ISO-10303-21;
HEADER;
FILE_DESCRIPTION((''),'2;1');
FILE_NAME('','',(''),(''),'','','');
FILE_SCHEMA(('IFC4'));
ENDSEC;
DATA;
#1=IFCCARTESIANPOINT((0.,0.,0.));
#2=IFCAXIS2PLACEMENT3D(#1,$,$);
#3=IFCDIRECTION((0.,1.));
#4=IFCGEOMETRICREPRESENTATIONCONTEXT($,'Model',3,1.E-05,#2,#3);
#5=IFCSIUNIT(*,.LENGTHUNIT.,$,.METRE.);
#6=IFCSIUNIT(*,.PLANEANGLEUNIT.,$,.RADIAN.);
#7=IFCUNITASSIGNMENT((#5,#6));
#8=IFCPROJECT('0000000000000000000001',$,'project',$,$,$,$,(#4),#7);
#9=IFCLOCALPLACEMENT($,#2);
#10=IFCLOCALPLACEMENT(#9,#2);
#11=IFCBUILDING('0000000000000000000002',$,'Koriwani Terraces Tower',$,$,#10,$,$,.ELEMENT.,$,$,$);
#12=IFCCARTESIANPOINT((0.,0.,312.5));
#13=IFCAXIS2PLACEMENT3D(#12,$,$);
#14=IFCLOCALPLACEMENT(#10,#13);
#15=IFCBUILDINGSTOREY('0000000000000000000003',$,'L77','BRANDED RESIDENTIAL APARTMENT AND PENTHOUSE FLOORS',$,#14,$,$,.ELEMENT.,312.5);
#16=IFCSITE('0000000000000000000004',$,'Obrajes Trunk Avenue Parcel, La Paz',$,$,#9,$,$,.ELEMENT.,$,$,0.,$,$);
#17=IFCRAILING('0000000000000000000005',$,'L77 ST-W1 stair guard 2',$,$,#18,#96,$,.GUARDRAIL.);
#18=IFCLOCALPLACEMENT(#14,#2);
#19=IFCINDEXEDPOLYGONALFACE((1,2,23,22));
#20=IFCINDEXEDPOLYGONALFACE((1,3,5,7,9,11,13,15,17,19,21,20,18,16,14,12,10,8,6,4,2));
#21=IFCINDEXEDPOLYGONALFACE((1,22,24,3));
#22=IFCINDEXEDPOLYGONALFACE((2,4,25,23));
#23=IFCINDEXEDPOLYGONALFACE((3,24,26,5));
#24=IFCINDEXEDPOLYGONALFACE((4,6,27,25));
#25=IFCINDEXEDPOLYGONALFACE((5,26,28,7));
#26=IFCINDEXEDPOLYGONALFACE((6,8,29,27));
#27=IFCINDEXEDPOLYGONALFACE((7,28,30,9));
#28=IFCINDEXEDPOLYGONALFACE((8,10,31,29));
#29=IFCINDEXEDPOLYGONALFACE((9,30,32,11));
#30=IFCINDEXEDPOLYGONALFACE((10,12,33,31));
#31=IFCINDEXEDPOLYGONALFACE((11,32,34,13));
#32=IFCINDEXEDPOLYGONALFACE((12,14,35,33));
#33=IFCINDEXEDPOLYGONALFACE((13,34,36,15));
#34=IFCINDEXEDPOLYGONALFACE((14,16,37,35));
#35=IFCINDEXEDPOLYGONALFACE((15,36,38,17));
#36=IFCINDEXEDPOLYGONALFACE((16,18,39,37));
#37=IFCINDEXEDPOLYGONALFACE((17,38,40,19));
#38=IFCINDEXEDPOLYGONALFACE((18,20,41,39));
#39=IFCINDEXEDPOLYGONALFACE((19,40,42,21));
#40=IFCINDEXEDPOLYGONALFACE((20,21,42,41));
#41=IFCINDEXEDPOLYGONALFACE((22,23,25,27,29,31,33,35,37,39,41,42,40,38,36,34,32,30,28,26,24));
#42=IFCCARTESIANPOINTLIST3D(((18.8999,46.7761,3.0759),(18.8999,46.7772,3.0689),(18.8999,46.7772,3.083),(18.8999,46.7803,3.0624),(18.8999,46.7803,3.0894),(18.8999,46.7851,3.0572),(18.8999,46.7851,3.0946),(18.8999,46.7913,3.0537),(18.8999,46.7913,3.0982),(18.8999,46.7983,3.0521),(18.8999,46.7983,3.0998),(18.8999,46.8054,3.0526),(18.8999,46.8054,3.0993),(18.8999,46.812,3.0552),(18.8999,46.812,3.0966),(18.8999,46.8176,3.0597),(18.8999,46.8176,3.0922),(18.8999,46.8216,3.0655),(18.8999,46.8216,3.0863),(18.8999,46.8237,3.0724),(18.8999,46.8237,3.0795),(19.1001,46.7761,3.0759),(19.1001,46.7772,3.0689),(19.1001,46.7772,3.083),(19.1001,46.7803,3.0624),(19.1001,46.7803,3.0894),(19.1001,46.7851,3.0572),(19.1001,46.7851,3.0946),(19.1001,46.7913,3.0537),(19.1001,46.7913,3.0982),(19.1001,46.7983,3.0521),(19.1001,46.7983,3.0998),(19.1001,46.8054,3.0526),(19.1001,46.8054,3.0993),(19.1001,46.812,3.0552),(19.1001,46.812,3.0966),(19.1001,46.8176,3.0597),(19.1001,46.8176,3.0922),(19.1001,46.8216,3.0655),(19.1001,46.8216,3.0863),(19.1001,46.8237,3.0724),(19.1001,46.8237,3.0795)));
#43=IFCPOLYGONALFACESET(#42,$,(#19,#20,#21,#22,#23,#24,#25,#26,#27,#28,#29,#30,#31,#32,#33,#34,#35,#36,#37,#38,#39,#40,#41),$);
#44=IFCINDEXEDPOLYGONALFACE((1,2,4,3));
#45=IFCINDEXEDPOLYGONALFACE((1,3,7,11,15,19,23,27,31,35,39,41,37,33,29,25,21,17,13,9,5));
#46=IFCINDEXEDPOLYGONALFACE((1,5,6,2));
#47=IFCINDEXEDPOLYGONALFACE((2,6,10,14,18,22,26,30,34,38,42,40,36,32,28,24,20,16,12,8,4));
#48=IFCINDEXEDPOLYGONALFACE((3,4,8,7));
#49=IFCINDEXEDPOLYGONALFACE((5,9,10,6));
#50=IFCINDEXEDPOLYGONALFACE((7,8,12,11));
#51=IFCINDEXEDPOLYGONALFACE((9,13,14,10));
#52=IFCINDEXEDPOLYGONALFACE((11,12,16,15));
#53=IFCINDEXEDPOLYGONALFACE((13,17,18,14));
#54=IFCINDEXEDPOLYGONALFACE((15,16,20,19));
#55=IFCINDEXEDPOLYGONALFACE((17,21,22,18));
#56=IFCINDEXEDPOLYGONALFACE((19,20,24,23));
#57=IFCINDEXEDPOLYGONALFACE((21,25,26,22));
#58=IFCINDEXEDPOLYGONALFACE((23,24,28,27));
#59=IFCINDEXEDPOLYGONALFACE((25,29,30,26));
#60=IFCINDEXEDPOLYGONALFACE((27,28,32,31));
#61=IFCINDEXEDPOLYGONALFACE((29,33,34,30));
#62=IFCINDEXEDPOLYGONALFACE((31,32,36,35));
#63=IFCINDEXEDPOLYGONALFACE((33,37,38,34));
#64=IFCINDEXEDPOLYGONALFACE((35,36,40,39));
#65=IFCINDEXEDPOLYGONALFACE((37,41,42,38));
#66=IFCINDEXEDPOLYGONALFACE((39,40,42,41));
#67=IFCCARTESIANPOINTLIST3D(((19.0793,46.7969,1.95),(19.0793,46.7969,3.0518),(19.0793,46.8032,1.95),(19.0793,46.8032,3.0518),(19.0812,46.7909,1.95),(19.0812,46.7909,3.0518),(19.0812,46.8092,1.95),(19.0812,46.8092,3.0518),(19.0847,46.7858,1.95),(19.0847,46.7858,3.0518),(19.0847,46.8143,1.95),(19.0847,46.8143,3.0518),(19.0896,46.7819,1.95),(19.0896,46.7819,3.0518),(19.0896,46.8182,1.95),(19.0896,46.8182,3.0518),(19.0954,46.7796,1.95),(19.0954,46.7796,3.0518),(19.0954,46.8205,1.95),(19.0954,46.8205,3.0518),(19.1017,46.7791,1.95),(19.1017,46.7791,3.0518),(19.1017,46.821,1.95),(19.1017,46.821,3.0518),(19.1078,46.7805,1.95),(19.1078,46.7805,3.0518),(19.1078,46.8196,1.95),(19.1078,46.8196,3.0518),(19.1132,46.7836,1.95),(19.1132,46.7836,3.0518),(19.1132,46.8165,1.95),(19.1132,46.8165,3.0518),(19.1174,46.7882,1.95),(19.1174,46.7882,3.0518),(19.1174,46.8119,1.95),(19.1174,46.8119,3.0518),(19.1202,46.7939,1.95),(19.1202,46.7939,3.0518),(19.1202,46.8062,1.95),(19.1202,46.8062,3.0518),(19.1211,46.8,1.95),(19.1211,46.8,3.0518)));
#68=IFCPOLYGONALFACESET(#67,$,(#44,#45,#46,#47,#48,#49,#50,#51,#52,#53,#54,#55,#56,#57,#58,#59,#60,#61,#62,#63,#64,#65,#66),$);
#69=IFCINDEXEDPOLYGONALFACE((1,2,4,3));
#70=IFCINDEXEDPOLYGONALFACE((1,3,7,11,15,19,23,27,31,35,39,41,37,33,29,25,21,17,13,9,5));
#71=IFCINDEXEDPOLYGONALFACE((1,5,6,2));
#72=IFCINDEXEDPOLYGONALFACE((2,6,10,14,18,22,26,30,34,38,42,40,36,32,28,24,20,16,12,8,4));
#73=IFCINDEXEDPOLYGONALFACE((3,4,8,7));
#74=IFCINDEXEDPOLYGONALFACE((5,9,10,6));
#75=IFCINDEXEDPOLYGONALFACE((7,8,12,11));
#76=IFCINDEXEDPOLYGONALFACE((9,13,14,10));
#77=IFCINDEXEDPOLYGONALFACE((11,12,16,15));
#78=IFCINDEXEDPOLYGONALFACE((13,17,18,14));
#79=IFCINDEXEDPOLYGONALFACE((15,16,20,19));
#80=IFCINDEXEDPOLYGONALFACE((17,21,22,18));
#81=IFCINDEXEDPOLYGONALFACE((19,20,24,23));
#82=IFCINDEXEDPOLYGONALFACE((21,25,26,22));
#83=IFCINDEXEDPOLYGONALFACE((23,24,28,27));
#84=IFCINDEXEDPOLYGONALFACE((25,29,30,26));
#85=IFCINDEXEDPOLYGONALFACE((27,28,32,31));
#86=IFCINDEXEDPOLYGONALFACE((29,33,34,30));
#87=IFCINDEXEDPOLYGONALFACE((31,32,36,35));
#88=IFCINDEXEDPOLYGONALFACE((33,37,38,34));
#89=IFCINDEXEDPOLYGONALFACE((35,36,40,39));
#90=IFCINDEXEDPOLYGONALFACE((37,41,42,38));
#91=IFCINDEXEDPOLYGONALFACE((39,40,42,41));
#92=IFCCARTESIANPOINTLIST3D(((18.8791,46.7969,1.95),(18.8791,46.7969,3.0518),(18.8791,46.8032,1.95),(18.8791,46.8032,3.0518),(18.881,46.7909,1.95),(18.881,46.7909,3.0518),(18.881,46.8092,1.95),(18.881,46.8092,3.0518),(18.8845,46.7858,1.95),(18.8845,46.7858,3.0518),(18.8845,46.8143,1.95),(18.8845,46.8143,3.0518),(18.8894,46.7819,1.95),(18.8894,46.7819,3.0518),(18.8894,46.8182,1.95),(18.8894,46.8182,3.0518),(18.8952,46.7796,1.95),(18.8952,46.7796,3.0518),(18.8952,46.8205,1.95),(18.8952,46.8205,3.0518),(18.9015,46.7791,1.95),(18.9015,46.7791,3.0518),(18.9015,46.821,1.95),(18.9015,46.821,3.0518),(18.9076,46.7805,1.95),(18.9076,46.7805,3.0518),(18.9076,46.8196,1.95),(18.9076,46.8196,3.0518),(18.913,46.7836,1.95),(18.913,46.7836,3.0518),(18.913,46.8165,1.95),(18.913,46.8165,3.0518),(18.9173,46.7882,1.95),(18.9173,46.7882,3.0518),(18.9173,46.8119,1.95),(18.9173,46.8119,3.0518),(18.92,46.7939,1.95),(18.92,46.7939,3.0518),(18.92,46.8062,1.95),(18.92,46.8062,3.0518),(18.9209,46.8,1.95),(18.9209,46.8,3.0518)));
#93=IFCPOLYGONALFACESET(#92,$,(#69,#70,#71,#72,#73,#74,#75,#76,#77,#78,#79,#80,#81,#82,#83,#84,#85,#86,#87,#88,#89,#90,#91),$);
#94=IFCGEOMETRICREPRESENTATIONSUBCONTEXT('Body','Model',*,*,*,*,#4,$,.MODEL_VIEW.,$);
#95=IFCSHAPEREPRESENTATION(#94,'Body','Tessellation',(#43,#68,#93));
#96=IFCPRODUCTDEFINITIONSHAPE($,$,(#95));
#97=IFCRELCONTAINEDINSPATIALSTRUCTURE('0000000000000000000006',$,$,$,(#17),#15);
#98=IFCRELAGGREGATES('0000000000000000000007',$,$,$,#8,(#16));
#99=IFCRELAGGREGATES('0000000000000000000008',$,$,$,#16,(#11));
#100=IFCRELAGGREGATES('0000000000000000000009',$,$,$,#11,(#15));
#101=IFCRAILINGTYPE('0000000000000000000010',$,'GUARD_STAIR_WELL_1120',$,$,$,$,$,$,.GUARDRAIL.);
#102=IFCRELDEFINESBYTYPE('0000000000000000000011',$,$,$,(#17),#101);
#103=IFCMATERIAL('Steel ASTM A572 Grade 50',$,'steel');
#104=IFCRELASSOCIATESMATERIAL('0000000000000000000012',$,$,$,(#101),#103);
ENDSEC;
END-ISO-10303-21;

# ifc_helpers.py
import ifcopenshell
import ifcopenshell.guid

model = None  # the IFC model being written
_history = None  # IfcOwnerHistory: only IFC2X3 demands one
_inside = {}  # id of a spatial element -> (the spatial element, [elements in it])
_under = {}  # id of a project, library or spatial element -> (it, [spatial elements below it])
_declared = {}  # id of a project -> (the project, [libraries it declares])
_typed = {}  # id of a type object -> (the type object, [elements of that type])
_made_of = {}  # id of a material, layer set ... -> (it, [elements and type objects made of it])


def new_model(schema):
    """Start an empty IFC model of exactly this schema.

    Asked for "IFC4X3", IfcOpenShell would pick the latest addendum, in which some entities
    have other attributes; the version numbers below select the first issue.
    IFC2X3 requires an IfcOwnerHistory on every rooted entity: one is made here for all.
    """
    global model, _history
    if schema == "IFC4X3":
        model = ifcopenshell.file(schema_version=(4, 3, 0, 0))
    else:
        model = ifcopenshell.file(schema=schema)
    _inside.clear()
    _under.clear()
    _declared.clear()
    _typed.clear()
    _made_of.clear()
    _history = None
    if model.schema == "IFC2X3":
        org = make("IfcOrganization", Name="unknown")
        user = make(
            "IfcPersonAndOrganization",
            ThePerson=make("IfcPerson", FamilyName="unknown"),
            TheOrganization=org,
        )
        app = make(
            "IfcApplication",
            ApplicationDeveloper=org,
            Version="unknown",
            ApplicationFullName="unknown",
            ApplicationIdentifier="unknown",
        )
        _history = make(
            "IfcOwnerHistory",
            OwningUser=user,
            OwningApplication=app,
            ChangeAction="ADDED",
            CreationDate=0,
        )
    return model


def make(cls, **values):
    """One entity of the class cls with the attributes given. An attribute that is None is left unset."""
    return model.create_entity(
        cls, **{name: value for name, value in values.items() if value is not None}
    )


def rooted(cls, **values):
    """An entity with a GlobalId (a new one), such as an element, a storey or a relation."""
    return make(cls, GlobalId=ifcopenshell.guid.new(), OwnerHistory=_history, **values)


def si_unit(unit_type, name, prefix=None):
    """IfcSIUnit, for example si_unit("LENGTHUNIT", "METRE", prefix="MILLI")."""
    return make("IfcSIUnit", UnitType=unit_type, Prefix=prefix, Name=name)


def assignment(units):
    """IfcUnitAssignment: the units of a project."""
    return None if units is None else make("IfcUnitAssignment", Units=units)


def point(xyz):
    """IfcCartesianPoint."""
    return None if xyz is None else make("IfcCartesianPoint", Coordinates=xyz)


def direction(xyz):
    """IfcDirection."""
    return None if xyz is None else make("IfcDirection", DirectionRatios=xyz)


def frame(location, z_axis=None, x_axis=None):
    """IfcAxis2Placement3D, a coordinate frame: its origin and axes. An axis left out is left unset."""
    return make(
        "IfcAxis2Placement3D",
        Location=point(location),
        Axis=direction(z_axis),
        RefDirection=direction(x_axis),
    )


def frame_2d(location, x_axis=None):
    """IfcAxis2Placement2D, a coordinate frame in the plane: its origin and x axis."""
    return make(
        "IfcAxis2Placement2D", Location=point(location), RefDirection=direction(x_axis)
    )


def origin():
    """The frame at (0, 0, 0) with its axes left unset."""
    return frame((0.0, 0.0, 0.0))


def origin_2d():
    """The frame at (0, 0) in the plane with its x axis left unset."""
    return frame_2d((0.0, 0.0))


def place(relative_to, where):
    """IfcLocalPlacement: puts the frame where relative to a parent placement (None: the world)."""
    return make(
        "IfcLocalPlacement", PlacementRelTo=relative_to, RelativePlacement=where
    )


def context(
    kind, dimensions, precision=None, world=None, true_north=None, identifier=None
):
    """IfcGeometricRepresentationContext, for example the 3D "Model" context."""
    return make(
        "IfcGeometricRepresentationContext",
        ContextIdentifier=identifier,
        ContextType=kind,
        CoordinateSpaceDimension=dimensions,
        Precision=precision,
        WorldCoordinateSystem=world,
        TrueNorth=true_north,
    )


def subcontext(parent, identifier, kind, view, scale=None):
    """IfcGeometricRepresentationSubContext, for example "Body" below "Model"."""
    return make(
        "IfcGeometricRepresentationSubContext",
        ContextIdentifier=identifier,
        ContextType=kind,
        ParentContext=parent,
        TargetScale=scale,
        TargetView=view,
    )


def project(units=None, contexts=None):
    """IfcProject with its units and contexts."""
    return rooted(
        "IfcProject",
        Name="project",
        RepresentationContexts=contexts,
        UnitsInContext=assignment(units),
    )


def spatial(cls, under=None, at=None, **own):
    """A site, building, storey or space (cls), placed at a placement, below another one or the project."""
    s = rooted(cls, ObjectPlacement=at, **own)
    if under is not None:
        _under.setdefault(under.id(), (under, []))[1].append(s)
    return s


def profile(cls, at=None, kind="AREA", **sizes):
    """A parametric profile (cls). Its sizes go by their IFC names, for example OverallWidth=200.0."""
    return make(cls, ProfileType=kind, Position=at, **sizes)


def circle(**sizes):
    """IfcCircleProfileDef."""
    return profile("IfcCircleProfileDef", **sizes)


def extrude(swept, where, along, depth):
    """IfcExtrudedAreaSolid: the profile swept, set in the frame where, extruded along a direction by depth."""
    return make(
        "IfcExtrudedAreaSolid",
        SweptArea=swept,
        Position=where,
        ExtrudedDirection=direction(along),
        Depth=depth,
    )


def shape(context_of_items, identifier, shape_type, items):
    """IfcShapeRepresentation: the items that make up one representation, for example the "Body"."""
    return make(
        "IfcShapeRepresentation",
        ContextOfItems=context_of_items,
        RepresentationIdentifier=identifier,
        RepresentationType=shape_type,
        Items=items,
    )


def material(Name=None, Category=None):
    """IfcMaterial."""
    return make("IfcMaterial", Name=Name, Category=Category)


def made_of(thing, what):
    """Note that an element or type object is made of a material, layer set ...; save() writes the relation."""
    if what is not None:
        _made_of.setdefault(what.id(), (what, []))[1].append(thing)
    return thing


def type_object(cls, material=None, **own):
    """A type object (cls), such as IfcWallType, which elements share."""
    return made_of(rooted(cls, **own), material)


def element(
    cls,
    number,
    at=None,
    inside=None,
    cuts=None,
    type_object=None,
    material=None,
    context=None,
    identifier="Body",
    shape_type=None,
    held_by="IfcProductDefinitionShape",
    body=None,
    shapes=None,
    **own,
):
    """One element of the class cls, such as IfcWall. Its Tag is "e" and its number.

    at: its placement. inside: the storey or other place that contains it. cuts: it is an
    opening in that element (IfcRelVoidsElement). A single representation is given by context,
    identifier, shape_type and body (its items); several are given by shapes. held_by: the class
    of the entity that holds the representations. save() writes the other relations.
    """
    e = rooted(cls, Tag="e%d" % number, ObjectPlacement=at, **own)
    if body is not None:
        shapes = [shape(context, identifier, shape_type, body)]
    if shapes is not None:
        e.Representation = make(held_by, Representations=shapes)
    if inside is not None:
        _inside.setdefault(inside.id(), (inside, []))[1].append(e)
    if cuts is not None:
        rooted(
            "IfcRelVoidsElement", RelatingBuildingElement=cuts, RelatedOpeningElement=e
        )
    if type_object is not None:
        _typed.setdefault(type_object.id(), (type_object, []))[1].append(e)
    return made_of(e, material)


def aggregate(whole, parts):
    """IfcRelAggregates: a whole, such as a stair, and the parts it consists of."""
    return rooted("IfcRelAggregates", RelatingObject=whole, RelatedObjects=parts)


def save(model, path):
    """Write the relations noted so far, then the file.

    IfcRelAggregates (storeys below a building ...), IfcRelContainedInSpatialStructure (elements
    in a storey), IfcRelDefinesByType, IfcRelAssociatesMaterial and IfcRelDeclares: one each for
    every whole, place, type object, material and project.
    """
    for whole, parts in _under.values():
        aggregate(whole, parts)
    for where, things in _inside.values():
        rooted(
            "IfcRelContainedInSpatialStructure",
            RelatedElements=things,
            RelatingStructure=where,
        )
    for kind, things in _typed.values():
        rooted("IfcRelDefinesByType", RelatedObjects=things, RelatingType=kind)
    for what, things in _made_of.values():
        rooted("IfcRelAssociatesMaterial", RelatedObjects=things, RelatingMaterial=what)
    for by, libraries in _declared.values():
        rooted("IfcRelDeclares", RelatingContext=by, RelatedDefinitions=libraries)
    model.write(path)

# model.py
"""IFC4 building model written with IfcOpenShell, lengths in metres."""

from ifc_helpers import new_model, si_unit, direction, frame, origin, origin_2d, place, context, subcontext, project, spatial, circle, extrude, material, type_object, element, save


model = new_model("IFC4")

# Units and contexts
model_context = context("Model", 3, precision=1e-05, world=origin(), true_north=direction((0.0, 1.0)))
body_context = subcontext(model_context, "Body", "Model", "MODEL_VIEW")
ifc_project = project(units=[si_unit("LENGTHUNIT", "METRE"), si_unit("PLANEANGLEUNIT", "RADIAN")], contexts=[model_context])

# Site, building, storey
site_placement = place(None, origin())
site = spatial("IfcSite", under=ifc_project, at=site_placement, Name="Obrajes Trunk Avenue Parcel, La Paz", CompositionType="ELEMENT", RefElevation=0.0)
building_placement = place(site_placement, origin())
building = spatial("IfcBuilding", under=site, at=building_placement, Name="Koriwani Terraces Tower", CompositionType="ELEMENT")
storey_placement = place(building_placement, frame((0.0, 0.0, 312.5)))
storey = spatial("IfcBuildingStorey", under=building, at=storey_placement, Name="L77", Description="BRANDED RESIDENTIAL APARTMENT AND PENTHOUSE FLOORS", CompositionType="ELEMENT", Elevation=312.5)

# Shared definitions
ifc_material_1 = material(Name="Steel ASTM A572 Grade 50", Category="steel")

# Railing
railing_type_1 = type_object("IfcRailingType", Name="GUARD_STAIR_WELL_1120", PredefinedType="GUARDRAIL", material=ifc_material_1)
railing_1_placement = place(storey_placement, frame((19.1001, 46.8, 1.95)))
element("IfcRailing", 1, at=railing_1_placement, inside=storey, type_object=railing_type_1, Name="L77 ST-W1 stair guard 2", PredefinedType="GUARDRAIL", context=body_context, shape_type="SweptSolid", body=[
    extrude(circle(Radius=0.0239, at=origin_2d()), frame((0.0, 0.0, 1.126), z_axis=(-1.0, 0.0, 0.0), x_axis=(0.0, -1.0, 0.0)), (0.0, 0.0, 1.0), 0.2002),
    extrude(circle(Radius=0.021, at=origin_2d()), origin(), (0.0, 0.0, 1.0), 1.1018),
    extrude(circle(Radius=0.021, at=origin_2d()), frame((-0.2002, 0.0, 0.0)), (0.0, 0.0, 1.0), 1.1018),
])

save(model, "model.ifc")
